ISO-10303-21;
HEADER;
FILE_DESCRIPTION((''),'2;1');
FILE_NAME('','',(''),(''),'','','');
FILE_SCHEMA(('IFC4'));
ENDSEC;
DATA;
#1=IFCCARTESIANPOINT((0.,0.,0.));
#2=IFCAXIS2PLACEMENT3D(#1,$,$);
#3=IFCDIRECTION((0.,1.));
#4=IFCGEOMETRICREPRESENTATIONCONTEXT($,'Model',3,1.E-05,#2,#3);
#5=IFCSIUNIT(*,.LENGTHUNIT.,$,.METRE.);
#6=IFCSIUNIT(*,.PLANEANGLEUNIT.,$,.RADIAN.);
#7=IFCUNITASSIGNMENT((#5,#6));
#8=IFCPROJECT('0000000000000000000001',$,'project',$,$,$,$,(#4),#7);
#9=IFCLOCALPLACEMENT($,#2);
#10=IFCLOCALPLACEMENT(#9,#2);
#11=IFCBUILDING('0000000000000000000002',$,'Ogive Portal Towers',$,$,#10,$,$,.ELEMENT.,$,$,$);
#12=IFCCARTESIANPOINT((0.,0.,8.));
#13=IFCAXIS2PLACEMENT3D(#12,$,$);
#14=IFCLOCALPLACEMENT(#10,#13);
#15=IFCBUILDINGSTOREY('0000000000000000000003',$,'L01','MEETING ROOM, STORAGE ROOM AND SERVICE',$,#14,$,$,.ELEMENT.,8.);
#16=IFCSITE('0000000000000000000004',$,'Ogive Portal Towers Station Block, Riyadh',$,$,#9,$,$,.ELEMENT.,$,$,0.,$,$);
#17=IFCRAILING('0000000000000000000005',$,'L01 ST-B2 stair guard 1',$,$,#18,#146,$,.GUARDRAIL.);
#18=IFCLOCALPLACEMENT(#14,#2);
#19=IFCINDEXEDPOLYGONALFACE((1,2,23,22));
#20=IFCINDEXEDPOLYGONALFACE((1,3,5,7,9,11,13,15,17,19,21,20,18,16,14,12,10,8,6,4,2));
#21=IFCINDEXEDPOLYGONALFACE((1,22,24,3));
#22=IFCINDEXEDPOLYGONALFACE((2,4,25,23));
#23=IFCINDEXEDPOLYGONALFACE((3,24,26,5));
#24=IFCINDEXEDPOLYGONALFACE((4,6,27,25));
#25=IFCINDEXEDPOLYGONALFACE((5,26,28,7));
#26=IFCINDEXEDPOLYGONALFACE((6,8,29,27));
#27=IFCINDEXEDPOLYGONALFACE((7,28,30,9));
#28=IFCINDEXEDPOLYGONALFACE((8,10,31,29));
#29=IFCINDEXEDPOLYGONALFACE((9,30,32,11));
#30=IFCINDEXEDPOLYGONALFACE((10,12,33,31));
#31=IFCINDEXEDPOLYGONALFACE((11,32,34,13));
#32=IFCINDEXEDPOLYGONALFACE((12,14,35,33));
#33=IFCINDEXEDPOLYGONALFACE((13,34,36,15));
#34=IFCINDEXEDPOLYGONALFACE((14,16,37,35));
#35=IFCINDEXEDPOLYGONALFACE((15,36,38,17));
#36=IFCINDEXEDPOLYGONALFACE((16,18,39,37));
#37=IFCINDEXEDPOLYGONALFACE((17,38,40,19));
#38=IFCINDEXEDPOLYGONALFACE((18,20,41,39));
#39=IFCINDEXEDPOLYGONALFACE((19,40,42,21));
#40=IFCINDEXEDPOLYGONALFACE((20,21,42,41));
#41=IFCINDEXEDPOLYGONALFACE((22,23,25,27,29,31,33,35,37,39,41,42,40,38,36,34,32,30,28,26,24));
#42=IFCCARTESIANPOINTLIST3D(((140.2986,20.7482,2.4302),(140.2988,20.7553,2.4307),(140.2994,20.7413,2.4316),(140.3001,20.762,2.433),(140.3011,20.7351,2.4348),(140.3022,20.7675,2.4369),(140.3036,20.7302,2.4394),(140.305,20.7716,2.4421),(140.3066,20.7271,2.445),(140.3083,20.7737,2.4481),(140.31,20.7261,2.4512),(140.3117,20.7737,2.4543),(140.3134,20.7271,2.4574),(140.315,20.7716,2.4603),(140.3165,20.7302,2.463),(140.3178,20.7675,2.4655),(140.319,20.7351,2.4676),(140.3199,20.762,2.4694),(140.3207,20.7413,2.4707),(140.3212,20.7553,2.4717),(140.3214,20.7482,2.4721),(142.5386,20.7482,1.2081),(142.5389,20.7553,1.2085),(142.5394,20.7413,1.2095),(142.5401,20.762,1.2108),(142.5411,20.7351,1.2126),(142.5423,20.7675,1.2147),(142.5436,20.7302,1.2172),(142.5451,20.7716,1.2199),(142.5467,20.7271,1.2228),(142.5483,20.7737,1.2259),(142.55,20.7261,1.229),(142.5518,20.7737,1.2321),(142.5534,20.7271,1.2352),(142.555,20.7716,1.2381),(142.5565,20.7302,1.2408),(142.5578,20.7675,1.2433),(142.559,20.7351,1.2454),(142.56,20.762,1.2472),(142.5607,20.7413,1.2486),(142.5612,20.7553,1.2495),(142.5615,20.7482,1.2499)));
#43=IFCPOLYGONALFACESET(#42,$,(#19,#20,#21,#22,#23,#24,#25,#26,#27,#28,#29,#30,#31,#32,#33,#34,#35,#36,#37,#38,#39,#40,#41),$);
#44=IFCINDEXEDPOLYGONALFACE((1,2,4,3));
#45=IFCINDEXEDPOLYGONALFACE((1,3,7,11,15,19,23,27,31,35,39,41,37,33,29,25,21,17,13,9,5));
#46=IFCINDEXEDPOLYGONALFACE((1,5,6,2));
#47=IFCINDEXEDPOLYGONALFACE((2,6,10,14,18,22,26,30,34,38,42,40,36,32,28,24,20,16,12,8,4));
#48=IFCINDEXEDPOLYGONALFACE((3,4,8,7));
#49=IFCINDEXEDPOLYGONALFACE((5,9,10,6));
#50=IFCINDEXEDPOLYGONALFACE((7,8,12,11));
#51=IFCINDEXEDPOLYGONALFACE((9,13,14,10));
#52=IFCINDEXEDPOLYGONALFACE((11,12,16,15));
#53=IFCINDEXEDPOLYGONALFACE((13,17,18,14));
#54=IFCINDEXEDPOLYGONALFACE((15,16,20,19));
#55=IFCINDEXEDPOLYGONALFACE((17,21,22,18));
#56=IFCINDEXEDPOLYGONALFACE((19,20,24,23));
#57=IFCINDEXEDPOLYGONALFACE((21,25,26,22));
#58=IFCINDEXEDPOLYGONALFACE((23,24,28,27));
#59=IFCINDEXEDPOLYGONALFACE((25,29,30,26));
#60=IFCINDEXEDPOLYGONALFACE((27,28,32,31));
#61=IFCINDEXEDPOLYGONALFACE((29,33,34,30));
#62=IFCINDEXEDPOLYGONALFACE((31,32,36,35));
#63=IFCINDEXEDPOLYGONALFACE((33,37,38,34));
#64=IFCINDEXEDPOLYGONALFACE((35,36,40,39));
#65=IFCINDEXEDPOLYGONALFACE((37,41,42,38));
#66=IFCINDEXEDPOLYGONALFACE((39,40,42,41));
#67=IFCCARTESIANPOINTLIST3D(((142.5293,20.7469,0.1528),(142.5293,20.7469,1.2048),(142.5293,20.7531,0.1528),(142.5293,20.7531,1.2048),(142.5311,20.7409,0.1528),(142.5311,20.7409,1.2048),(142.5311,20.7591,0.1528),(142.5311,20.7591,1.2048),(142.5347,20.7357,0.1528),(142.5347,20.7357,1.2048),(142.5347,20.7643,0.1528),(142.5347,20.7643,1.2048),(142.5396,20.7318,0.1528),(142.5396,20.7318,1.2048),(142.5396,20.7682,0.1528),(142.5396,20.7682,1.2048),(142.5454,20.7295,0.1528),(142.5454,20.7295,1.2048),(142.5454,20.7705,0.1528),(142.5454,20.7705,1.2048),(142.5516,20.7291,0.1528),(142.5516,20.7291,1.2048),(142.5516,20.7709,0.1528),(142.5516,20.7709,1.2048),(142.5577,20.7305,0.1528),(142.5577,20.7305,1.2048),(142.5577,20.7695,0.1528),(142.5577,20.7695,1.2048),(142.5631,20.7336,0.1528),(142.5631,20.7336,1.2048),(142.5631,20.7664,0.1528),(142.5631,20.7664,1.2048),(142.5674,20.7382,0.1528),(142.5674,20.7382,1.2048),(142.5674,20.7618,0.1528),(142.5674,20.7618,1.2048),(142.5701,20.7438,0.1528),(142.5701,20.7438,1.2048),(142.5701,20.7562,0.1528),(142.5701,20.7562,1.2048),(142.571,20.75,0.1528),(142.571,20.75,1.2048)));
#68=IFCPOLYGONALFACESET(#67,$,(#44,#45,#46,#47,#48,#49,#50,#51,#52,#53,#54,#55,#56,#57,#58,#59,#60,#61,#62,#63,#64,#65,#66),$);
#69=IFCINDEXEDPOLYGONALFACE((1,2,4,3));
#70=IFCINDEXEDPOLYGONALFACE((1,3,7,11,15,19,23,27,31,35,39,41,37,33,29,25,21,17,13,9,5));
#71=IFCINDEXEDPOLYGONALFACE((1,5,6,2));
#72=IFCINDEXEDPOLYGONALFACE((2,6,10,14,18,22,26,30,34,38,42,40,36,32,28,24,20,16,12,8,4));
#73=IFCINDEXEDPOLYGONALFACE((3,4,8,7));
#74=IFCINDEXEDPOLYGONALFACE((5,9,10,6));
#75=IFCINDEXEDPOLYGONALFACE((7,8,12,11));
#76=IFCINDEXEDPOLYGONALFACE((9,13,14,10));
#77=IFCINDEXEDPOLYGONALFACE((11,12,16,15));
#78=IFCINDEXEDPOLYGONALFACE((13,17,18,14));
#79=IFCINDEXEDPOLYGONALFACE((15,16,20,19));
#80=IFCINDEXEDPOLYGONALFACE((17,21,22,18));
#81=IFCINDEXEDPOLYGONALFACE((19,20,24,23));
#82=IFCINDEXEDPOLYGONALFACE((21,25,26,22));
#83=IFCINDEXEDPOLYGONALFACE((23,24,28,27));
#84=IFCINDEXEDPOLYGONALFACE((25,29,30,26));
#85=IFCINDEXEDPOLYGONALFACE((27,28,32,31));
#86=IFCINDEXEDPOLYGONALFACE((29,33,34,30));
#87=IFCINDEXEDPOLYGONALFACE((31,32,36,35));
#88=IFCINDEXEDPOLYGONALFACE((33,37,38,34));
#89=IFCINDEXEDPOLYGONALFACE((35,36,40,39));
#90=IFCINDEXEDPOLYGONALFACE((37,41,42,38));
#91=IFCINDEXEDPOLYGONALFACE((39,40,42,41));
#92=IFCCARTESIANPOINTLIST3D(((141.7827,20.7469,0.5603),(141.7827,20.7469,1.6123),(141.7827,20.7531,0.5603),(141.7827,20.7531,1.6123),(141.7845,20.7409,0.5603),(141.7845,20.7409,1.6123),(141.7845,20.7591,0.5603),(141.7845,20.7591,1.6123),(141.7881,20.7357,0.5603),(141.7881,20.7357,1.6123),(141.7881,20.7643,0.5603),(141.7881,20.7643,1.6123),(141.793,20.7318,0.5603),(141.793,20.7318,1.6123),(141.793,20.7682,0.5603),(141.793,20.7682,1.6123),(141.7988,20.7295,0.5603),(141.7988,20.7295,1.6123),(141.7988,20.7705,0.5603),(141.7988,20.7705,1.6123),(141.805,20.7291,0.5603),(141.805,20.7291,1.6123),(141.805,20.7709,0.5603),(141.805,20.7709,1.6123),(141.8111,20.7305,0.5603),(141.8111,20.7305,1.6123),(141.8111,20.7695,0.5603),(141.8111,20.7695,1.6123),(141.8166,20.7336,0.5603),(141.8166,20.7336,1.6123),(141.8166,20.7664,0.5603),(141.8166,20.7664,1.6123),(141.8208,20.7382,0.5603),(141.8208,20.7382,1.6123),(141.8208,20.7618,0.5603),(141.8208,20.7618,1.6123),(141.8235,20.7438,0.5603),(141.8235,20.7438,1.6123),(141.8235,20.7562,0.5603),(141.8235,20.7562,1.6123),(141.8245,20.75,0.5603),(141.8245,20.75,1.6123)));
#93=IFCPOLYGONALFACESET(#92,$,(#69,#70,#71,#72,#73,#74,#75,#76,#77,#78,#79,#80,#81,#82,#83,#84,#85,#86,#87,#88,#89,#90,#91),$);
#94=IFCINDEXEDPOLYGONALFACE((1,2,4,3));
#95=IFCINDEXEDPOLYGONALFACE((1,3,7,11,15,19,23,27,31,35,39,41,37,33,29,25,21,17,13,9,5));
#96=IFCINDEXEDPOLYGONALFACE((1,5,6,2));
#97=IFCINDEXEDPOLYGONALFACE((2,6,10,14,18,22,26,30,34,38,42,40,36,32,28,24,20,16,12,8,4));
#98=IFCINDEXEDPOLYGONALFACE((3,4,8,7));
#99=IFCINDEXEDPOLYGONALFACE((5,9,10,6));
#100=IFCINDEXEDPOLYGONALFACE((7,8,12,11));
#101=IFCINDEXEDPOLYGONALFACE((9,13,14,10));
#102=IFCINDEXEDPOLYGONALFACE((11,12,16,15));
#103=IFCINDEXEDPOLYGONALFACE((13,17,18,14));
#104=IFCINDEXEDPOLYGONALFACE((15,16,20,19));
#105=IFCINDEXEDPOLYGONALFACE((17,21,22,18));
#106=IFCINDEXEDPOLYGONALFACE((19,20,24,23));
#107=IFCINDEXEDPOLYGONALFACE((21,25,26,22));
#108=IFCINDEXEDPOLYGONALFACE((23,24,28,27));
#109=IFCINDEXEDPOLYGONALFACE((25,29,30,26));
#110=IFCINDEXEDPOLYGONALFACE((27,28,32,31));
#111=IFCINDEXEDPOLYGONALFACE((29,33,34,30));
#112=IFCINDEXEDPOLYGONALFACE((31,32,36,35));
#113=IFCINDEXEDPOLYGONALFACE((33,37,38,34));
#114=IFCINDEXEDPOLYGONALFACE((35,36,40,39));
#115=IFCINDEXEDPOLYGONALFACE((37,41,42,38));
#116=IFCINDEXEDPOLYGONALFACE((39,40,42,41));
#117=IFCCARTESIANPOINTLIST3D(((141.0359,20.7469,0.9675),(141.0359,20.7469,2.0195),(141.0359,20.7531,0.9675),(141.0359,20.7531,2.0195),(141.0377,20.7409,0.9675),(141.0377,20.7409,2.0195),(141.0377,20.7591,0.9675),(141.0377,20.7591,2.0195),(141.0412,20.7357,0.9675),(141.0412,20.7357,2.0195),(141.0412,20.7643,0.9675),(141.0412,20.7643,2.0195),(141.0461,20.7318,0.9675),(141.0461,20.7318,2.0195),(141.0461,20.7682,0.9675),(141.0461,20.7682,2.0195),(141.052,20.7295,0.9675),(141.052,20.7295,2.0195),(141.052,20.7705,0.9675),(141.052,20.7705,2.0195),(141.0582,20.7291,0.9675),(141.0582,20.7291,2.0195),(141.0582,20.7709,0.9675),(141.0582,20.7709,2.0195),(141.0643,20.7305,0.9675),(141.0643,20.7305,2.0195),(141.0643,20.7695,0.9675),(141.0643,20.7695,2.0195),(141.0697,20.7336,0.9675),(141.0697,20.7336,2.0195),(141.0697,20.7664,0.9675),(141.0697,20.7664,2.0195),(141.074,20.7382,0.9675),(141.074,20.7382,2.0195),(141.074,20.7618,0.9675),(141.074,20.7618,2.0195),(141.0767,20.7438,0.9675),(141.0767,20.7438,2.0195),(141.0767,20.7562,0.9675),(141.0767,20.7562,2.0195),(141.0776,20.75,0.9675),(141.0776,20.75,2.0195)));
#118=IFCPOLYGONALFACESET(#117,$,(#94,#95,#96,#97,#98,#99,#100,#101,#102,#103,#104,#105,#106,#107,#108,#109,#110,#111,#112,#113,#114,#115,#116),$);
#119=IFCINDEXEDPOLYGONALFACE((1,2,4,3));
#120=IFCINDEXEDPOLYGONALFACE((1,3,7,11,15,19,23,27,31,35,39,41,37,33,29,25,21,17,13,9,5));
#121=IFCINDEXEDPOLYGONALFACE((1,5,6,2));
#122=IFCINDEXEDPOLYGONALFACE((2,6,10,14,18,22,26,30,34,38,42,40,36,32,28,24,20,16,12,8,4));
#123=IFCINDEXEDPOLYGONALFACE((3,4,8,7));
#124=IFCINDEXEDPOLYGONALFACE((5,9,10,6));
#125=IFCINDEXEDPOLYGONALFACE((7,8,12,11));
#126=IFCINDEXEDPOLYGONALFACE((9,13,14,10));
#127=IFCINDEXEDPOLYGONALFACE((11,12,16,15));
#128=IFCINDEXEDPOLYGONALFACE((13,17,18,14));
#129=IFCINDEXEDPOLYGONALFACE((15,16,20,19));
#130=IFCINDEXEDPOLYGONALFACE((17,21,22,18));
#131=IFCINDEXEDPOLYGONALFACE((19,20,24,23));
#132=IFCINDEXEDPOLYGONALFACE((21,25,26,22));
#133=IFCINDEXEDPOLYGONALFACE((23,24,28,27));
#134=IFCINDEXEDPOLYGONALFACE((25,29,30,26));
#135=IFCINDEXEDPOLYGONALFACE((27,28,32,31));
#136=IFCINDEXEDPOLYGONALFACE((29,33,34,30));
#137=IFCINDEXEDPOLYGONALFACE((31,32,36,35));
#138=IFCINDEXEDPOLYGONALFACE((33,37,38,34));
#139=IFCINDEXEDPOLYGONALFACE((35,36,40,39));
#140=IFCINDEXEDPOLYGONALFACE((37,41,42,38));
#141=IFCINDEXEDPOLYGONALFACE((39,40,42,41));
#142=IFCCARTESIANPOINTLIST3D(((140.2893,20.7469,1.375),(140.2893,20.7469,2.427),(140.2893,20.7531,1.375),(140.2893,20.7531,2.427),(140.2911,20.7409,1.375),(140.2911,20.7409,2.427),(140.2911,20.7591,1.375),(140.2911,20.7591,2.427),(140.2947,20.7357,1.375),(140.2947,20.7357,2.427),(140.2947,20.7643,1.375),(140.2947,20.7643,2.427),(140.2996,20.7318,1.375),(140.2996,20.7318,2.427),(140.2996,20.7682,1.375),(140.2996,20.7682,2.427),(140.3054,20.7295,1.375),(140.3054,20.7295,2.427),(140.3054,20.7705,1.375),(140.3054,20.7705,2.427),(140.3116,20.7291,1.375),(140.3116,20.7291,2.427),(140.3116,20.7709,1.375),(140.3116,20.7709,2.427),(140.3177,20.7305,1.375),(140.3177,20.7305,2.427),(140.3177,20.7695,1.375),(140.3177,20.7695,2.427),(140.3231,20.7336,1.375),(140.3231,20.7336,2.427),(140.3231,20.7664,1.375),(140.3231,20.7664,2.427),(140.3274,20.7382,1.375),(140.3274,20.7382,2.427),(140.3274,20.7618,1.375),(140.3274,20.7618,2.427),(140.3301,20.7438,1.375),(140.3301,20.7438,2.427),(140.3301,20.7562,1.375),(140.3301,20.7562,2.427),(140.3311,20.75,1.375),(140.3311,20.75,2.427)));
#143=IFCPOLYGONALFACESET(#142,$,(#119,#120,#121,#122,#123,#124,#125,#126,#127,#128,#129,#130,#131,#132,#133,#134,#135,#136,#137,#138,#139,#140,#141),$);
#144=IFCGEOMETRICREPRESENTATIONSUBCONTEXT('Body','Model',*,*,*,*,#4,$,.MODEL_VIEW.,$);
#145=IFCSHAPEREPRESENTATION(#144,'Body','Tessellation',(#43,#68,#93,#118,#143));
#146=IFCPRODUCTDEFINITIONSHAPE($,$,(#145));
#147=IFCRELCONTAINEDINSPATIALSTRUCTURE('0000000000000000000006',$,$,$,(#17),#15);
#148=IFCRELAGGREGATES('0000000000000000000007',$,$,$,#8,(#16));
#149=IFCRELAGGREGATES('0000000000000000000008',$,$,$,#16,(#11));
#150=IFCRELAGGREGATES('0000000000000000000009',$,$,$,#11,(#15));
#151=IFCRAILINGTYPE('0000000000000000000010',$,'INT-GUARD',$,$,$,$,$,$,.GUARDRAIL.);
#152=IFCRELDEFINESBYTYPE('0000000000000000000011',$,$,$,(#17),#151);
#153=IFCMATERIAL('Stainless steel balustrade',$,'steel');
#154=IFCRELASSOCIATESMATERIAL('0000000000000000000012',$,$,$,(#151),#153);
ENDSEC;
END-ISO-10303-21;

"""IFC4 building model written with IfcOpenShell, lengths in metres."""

from ifc_helpers import new_model, si_unit, direction, frame, origin, origin_2d, place, context, subcontext, project, spatial, circle, extrude, material, type_object, element, save


model = new_model("IFC4")

# Units and contexts
model_context = context("Model", 3, precision=1e-05, world=origin(), true_north=direction((0.0, 1.0)))
body_context = subcontext(model_context, "Body", "Model", "MODEL_VIEW")
ifc_project = project(units=[si_unit("LENGTHUNIT", "METRE"), si_unit("PLANEANGLEUNIT", "RADIAN")], contexts=[model_context])

# Site, building, storey
site_placement = place(None, origin())
site = spatial("IfcSite", under=ifc_project, at=site_placement, Name="Ogive Portal Towers Station Block, Riyadh", CompositionType="ELEMENT", RefElevation=0.0)
building_placement = place(site_placement, origin())
building = spatial("IfcBuilding", under=site, at=building_placement, Name="Ogive Portal Towers", CompositionType="ELEMENT")
storey_placement = place(building_placement, frame((0.0, 0.0, 8.0)))
storey = spatial("IfcBuildingStorey", under=building, at=storey_placement, Name="L01", Description="MEETING ROOM, STORAGE ROOM AND SERVICE", CompositionType="ELEMENT", Elevation=8.0)

# Railing
ifc_material_1 = material(Name="Stainless steel balustrade", Category="steel")
railing_type_1 = type_object("IfcRailingType", Name="INT-GUARD", PredefinedType="GUARDRAIL", material=ifc_material_1)
railing_1_placement = place(storey_placement, frame((142.55, 20.75, 0.1528)))
element("IfcRailing", 1, at=railing_1_placement, inside=storey, type_object=railing_type_1, Name="L01 ST-B2 stair guard 1", PredefinedType="GUARDRAIL", context=body_context, shape_type="SweptSolid", body=[
    extrude(circle(Radius=0.0239, at=origin_2d()), frame((0.0, 0.0, 1.0762), z_axis=(-0.877837, 0.0, 0.478959), x_axis=(0.0, -1.0, 0.0)), (0.0, 0.0, 1.0), 2.5518),
    extrude(circle(Radius=0.021, at=origin_2d()), origin(), (0.0, 0.0, 1.0), 1.052),
    extrude(circle(Radius=0.021, at=origin_2d()), frame((-0.7466, 0.0, 0.4075)), (0.0, 0.0, 1.0), 1.052),
    extrude(circle(Radius=0.021, at=origin_2d()), frame((-1.4934, 0.0, 0.8147)), (0.0, 0.0, 1.0), 1.052),
    extrude(circle(Radius=0.021, at=origin_2d()), frame((-2.24, 0.0, 1.2222)), (0.0, 0.0, 1.0), 1.052),
])

save(model, "model.ifc")
